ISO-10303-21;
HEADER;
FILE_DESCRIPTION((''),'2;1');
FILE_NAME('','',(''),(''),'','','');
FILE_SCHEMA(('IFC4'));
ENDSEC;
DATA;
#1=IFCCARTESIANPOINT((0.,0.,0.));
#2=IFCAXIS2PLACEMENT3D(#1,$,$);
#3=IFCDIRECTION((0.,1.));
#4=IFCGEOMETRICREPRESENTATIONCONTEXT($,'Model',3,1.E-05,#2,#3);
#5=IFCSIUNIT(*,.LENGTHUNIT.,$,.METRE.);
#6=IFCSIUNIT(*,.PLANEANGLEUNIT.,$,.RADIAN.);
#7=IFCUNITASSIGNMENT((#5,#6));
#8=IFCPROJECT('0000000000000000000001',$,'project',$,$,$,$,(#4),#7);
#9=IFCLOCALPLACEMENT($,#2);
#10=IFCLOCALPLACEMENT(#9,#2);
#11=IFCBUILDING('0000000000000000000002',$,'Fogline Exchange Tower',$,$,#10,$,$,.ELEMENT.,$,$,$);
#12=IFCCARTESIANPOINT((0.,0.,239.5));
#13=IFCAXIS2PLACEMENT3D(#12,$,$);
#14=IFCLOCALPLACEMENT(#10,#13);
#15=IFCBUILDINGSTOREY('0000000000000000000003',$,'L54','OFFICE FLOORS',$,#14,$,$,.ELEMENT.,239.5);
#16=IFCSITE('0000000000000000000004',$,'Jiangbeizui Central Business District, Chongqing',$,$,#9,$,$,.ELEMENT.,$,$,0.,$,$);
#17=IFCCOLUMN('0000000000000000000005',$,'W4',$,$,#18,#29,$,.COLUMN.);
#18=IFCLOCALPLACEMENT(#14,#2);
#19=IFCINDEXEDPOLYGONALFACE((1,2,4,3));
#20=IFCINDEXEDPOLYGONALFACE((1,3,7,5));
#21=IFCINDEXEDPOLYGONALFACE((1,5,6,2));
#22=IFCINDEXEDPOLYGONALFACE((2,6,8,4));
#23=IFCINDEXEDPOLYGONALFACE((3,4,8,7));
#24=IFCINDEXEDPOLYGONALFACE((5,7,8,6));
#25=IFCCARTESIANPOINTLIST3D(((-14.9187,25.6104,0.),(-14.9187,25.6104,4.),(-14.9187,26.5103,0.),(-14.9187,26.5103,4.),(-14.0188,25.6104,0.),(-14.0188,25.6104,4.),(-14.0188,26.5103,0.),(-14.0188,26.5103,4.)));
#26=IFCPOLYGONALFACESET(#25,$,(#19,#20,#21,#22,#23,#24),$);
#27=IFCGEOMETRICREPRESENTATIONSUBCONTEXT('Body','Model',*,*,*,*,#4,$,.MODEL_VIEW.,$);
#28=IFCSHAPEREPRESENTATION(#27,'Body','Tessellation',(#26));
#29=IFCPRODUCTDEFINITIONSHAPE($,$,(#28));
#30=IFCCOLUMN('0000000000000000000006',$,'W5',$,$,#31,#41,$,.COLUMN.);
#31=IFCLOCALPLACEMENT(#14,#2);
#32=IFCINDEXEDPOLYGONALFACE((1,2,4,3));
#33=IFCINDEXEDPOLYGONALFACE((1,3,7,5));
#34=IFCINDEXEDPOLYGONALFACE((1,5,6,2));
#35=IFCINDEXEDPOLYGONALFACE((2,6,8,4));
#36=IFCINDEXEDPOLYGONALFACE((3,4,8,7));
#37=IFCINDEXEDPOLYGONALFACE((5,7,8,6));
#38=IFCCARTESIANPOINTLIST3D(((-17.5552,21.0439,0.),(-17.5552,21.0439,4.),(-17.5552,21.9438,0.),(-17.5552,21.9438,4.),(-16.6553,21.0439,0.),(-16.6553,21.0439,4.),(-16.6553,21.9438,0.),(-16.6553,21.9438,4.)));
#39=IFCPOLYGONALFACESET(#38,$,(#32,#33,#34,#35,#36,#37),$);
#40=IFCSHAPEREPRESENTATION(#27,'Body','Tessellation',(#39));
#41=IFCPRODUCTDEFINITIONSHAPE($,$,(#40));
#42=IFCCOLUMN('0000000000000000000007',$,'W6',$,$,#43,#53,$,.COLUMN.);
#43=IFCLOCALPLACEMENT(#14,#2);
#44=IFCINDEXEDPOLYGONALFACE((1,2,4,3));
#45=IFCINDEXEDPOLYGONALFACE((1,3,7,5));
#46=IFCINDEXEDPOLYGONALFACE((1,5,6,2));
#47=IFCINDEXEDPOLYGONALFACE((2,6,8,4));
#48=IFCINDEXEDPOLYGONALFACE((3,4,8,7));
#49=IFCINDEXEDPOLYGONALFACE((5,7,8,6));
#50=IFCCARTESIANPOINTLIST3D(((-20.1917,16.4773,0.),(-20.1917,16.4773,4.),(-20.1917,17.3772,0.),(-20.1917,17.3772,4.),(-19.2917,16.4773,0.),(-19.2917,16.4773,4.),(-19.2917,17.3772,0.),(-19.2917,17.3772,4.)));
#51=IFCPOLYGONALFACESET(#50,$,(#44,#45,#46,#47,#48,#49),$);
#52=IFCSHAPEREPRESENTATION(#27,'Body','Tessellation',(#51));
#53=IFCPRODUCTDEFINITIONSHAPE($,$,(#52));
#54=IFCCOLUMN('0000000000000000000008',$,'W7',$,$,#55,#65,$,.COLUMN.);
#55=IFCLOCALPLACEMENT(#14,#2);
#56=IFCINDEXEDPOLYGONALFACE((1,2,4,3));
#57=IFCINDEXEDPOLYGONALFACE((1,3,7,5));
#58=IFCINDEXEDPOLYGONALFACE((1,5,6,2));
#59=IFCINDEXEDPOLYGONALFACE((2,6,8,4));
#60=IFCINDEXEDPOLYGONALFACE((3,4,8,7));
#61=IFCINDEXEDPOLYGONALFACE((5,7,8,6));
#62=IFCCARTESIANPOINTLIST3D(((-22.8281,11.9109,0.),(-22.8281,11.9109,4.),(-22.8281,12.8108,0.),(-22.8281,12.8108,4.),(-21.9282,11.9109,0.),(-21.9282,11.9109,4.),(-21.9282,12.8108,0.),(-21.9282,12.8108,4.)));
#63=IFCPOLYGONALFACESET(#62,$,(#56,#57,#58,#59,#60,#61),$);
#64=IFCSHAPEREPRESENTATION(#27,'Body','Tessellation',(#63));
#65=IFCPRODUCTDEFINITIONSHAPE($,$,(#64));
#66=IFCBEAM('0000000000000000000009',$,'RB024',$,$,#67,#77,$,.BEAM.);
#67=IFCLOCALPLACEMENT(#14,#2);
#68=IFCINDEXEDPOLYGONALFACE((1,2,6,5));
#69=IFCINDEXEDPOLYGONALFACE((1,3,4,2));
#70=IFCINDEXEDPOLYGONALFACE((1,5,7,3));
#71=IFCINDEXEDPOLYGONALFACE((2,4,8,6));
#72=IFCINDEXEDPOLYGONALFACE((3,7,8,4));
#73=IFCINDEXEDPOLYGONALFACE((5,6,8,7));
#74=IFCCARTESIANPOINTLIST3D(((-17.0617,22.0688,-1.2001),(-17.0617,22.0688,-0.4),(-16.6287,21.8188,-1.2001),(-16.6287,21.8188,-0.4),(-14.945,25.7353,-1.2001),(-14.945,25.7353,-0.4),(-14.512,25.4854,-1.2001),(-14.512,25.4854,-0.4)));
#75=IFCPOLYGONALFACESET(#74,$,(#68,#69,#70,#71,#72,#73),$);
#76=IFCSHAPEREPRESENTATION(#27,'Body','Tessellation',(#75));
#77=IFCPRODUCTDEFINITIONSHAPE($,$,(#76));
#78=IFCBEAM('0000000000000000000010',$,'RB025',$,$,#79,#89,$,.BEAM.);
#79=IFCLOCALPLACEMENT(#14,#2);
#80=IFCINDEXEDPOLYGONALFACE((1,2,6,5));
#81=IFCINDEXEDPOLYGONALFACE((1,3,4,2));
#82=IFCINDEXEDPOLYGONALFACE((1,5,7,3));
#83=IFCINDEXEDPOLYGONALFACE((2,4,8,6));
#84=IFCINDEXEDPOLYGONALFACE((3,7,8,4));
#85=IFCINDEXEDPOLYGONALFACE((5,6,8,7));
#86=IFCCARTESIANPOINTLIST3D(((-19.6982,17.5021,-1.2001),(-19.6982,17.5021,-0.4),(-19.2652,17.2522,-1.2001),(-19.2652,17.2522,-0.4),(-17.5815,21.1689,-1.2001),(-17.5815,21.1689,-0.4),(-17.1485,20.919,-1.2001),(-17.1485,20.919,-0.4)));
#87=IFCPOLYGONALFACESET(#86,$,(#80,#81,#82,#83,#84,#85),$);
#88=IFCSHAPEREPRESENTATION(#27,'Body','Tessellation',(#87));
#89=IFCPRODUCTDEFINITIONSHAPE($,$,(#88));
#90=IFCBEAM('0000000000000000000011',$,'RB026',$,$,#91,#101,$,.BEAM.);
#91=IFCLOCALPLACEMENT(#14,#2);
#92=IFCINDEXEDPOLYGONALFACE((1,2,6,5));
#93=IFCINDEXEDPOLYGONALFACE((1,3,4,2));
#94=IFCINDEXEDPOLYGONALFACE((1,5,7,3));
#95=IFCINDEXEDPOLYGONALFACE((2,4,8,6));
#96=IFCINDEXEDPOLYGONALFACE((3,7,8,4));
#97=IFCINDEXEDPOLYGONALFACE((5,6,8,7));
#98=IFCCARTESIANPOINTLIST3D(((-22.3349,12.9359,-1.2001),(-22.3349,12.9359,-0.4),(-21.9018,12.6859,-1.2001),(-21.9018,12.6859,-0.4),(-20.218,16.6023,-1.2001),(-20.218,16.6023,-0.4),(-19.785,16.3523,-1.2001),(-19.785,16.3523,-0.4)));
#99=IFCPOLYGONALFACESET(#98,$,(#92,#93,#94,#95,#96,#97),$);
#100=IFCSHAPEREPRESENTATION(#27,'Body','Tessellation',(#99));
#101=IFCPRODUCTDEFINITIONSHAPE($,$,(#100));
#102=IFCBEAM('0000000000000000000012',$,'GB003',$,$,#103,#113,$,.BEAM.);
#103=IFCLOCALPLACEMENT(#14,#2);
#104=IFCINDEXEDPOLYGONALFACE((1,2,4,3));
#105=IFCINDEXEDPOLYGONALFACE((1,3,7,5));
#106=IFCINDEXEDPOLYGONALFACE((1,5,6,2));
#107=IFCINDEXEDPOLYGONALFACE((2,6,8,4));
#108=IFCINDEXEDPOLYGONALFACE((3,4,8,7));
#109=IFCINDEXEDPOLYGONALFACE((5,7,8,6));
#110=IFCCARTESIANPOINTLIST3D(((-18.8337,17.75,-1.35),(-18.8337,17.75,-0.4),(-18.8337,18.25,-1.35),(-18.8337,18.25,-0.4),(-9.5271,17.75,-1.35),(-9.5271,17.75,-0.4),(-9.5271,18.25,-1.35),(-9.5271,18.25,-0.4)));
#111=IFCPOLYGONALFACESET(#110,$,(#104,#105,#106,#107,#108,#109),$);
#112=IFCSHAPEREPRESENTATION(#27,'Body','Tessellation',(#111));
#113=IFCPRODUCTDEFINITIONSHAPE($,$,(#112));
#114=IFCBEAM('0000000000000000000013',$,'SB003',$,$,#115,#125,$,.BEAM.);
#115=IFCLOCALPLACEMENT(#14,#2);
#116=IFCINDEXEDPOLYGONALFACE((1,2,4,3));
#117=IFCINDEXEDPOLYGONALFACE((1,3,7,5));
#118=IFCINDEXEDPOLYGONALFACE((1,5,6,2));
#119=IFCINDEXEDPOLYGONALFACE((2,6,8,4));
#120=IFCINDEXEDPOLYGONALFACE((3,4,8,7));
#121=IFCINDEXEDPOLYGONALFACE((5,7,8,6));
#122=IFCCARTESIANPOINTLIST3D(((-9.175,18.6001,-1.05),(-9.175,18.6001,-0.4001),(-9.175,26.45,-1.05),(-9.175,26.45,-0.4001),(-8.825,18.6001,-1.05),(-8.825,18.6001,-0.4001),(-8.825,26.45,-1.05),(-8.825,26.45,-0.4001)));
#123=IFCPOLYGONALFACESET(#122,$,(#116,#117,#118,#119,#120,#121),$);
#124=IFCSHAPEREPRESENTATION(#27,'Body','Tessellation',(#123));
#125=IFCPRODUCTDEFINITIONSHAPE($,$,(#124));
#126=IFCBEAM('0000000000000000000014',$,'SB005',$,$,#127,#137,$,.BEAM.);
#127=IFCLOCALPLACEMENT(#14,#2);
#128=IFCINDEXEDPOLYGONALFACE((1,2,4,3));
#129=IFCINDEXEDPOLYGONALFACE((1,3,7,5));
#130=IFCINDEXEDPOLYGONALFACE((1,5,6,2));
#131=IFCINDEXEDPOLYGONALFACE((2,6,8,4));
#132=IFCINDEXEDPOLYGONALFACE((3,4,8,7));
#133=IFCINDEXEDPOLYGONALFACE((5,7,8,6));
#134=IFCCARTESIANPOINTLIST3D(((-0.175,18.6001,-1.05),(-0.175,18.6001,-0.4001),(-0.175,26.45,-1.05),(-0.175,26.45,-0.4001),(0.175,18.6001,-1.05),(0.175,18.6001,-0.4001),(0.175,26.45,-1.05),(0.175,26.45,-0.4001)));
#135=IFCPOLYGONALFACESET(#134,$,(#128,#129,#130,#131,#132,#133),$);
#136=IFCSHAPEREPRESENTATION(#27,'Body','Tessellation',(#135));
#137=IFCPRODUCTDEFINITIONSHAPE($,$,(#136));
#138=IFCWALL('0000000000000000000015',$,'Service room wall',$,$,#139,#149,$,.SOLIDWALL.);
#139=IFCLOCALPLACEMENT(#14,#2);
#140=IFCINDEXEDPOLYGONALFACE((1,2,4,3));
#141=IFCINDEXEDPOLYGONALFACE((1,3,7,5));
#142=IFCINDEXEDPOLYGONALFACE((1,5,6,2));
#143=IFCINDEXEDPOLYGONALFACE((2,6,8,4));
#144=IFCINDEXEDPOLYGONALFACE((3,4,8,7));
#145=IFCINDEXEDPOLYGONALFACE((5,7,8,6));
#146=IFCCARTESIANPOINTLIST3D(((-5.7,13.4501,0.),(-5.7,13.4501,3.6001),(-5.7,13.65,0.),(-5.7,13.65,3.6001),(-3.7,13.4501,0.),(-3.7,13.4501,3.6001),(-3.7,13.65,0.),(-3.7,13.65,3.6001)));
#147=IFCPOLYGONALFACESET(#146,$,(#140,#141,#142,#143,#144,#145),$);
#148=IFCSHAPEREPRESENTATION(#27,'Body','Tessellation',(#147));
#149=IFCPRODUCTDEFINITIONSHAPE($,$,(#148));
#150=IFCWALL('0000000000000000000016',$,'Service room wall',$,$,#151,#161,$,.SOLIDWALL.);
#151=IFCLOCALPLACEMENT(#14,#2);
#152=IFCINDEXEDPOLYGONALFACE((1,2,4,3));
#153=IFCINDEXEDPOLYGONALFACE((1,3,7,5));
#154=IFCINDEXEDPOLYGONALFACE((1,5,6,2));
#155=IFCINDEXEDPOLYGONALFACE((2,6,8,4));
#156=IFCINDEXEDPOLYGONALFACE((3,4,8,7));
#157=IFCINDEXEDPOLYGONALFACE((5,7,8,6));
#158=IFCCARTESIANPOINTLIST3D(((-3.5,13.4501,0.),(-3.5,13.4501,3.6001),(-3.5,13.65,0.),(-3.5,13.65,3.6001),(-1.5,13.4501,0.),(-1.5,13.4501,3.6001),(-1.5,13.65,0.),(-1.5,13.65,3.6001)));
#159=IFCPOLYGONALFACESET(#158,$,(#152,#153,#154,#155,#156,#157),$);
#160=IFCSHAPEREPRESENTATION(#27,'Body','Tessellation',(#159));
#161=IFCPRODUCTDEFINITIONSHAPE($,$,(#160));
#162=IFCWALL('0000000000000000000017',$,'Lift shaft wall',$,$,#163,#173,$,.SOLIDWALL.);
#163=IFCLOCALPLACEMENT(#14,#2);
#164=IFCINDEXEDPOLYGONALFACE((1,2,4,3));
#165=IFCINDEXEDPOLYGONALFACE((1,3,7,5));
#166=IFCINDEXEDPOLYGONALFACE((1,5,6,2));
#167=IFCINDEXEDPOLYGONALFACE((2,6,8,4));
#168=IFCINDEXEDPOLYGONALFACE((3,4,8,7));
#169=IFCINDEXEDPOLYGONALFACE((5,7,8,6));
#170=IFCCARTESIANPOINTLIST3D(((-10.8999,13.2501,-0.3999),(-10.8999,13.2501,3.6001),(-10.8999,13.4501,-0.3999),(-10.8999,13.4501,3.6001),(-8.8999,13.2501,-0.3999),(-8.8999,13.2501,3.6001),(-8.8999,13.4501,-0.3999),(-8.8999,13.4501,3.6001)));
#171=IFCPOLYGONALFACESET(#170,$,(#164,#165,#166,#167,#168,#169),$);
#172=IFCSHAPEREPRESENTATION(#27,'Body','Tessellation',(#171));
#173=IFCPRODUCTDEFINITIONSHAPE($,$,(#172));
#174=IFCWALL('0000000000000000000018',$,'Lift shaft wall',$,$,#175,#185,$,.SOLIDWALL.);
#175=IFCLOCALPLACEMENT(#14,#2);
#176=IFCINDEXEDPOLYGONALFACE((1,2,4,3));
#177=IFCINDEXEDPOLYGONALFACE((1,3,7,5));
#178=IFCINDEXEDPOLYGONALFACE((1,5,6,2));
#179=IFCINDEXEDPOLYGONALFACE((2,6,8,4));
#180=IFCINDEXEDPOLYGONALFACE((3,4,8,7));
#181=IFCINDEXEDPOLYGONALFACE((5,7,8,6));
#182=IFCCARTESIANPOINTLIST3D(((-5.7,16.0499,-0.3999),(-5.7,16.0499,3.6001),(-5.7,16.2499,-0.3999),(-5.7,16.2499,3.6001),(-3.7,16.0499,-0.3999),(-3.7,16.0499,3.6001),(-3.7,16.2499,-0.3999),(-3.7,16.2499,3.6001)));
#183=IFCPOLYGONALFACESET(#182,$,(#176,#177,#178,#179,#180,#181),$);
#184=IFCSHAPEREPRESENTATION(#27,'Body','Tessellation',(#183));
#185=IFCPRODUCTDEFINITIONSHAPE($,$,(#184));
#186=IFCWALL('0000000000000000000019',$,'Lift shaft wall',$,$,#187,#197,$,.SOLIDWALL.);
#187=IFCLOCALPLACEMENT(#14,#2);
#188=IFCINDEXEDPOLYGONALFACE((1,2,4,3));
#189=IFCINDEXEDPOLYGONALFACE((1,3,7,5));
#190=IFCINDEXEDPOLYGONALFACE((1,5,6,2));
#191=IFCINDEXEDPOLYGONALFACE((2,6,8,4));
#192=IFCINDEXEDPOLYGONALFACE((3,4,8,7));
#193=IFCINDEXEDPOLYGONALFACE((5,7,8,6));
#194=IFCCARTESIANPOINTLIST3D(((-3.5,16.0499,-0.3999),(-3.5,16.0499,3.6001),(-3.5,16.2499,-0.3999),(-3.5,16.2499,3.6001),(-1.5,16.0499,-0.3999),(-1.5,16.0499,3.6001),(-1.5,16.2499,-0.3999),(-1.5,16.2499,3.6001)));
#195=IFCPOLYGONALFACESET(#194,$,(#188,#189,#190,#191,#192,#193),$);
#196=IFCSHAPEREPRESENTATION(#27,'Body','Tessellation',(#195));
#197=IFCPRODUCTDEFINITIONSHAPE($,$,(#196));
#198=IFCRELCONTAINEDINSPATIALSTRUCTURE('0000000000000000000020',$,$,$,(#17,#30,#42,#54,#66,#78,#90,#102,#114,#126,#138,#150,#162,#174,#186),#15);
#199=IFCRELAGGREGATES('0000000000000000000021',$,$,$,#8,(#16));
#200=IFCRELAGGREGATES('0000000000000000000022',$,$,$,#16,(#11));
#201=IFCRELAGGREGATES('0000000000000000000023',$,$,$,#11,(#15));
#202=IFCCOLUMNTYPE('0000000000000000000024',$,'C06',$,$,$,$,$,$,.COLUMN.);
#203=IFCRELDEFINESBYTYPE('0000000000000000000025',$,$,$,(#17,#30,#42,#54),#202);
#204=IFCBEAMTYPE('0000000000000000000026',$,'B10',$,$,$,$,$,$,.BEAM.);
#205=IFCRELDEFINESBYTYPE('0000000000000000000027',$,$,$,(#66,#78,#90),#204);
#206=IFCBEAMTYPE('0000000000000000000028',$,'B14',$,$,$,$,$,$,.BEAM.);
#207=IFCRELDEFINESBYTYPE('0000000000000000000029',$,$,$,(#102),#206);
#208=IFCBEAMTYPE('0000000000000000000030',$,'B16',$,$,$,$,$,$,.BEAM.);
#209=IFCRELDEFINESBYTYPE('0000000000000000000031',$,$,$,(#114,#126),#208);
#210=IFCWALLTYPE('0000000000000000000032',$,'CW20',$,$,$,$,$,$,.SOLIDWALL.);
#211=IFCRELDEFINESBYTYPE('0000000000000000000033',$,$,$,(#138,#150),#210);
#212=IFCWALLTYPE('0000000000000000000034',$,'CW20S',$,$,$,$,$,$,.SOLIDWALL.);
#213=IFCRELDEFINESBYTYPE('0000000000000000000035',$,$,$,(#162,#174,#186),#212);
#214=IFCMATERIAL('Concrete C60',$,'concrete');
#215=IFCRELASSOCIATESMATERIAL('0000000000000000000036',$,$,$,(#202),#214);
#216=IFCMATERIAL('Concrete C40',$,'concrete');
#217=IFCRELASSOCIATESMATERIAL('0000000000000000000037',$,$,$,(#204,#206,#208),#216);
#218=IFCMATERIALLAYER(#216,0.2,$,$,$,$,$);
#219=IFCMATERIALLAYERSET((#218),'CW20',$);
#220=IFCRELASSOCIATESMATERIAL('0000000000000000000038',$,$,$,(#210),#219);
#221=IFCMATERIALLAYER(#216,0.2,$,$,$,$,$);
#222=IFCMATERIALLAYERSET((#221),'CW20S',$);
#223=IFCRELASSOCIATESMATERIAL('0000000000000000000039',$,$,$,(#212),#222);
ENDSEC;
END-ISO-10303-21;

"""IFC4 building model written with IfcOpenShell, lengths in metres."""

from ifc_helpers import new_model, si_unit, direction, frame, frame_2d, origin, origin_2d, place, context, subcontext, project, spatial, rectangle, extrude, material, layer, layer_set, material_profile, profile_set, type_object, element, save


model = new_model("IFC4")

# Units and contexts
model_context = context("Model", 3, precision=1e-05, world=origin(), true_north=direction((0.0, 1.0)))
body_context = subcontext(model_context, "Body", "Model", "MODEL_VIEW")
ifc_project = project(units=[si_unit("LENGTHUNIT", "METRE"), si_unit("PLANEANGLEUNIT", "RADIAN")], contexts=[model_context])

# Site, building, storey
site_placement = place(None, origin())
site = spatial("IfcSite", under=ifc_project, at=site_placement, Name="Jiangbeizui Central Business District, Chongqing", CompositionType="ELEMENT", RefElevation=0.0)
building_placement = place(site_placement, origin())
building = spatial("IfcBuilding", under=site, at=building_placement, Name="Fogline Exchange Tower", CompositionType="ELEMENT")
storey_placement = place(building_placement, frame((0.0, 0.0, 239.5)))
storey = spatial("IfcBuildingStorey", under=building, at=storey_placement, Name="L54", Description="OFFICE FLOORS", CompositionType="ELEMENT", Elevation=239.5)

# Columns
ifc_material_1 = material(Name="Concrete C60", Category="concrete")
ifc_material_profile_1 = material_profile(ifc_material_1, rectangle(XDim=0.8999, YDim=0.8999, at=origin_2d()), Name="RC 900x900")
ifc_profile_set_1 = profile_set([ifc_material_profile_1], Name="Concrete C60")
column_type = type_object("IfcColumnType", Name="C06", PredefinedType="COLUMN", material=ifc_profile_set_1)
for number, where, z_axis, x_axis, name in (
    (1, (-14.4688, 26.0603, 0.0), (0.0, 0.0, 1.0), (1.0, 0.0, 0.0), "W4"),
    (2, (-17.1052, 21.4939, 0.0), (0.0, 0.0, 1.0), (1.0, 0.0, 0.0), "W5"),
    (3, (-19.7417, 16.9272, 0.0), (0.0, 0.0, 1.0), (1.0, 0.0, 0.0), "W6"),
    (4, (-22.3782, 12.3608, 0.0), (0.0, 0.0, 1.0), (1.0, 0.0, 0.0), "W7"),
):
    element("IfcColumn", number, at=place(storey_placement, frame(where, z_axis=z_axis, x_axis=x_axis)), inside=storey, type_object=column_type, Name=name, PredefinedType="COLUMN", context=body_context, shape_type="SweptSolid", body=[
        extrude(rectangle(XDim=0.8999, YDim=0.8999, at=origin_2d()), origin(), (0.0, 0.0, 1.0), 4.0),
    ])

# Beams
ifc_material_2 = material(Name="Concrete C40", Category="concrete")
ifc_material_profile_2 = material_profile(ifc_material_2, rectangle(XDim=0.5, YDim=0.8, at=origin_2d()), Name="RC 500x800")
ifc_profile_set_2 = profile_set([ifc_material_profile_2], Name="Concrete C40")
beam_type_1 = type_object("IfcBeamType", Name="B10", PredefinedType="BEAM", material=ifc_profile_set_2)
beam_1_placement = place(storey_placement, frame((-14.7285, 25.6104, -0.8), z_axis=(-0.499972, -0.866042, 0.0), x_axis=(0.866042, -0.499972, 0.0)))
element("IfcBeam", 5, at=beam_1_placement, inside=storey, type_object=beam_type_1, Name="RB024", PredefinedType="BEAM", context=body_context, shape_type="SweptSolid", body=[
    extrude(rectangle(XDim=0.5, YDim=0.8, at=origin_2d()), origin(), (0.0, 0.0, 1.0), 4.2336),
])
beam_2_placement = place(storey_placement, frame((-17.365, 21.0439, -0.8), z_axis=(-0.499947, -0.866056, 0.0), x_axis=(0.866056, -0.499947, 0.0)))
element("IfcBeam", 6, at=beam_2_placement, inside=storey, type_object=beam_type_1, Name="RB025", PredefinedType="BEAM", context=body_context, shape_type="SweptSolid", body=[
    extrude(rectangle(XDim=0.5, YDim=0.8, at=origin_2d()), origin(), (0.0, 0.0, 1.0), 4.2339),
])
beam_3_placement = place(storey_placement, frame((-20.0015, 16.4773, -0.8), z_axis=(-0.500015, -0.866017, 0.0), x_axis=(0.866017, -0.500015, 0.0)))
element("IfcBeam", 7, at=beam_3_placement, inside=storey, type_object=beam_type_1, Name="RB026", PredefinedType="BEAM", context=body_context, shape_type="SweptSolid", body=[
    extrude(rectangle(XDim=0.5, YDim=0.8, at=origin_2d()), origin(), (0.0, 0.0, 1.0), 4.2336),
])
ifc_material_profile_3 = material_profile(ifc_material_2, rectangle(XDim=0.5, YDim=0.95, at=origin_2d()), Name="RC 500x950")
ifc_profile_set_3 = profile_set([ifc_material_profile_3], Name="Concrete C40")
beam_type_2 = type_object("IfcBeamType", Name="B14", PredefinedType="BEAM", material=ifc_profile_set_3)
beam_4_placement = place(storey_placement, frame((-18.8337, 18.0, -0.875), z_axis=(1.0, 0.0, 0.0), x_axis=(0.0, 1.0, 0.0)))
element("IfcBeam", 8, at=beam_4_placement, inside=storey, type_object=beam_type_2, Name="GB003", PredefinedType="BEAM", context=body_context, shape_type="SweptSolid", body=[
    extrude(rectangle(XDim=0.5, YDim=0.95, at=origin_2d()), origin(), (0.0, 0.0, 1.0), 9.3066),
])
ifc_material_profile_4 = material_profile(ifc_material_2, rectangle(XDim=0.3501, YDim=0.6499, at=origin_2d()), Name="RC 350x650")
ifc_profile_set_4 = profile_set([ifc_material_profile_4], Name="Concrete C40")
beam_type_3 = type_object("IfcBeamType", Name="B16", PredefinedType="BEAM", material=ifc_profile_set_4)
for number, where, z_axis, x_axis, name in (
    (9, (-9.0, 18.6001, -0.7251), (0.0, 1.0, 0.0), (-1.0, 0.0, 0.0), "SB003"),
    (10, (0.0, 18.6001, -0.7251), (0.0, 1.0, 0.0), (-1.0, 0.0, 0.0), "SB005"),
):
    element("IfcBeam", number, at=place(storey_placement, frame(where, z_axis=z_axis, x_axis=x_axis)), inside=storey, type_object=beam_type_3, Name=name, PredefinedType="BEAM", context=body_context, shape_type="SweptSolid", body=[
        extrude(rectangle(XDim=0.3501, YDim=0.6499, at=origin_2d()), origin(), (0.0, 0.0, 1.0), 7.8499),
    ])

# Walls
ifc_layer_1 = layer(ifc_material_2, 0.2)
ifc_layer_set_1 = layer_set([ifc_layer_1], Name="CW20")
wall_type_1 = type_object("IfcWallType", Name="CW20", PredefinedType="SOLIDWALL", material=ifc_layer_set_1)
for number, where, z_axis, x_axis, name in (
    (11, (-5.7, 13.55, 0.0), (0.0, 0.0, 1.0), (1.0, 0.0, 0.0), "Service room wall"),
    (12, (-3.5, 13.55, 0.0), (0.0, 0.0, 1.0), (1.0, 0.0, 0.0), "Service room wall"),
):
    element("IfcWall", number, at=place(storey_placement, frame(where, z_axis=z_axis, x_axis=x_axis)), inside=storey, type_object=wall_type_1, Name=name, PredefinedType="SOLIDWALL", context=body_context, shape_type="SweptSolid", body=[
        extrude(rectangle(XDim=2.0, YDim=0.2, at=frame_2d((1.0, 0.0))), origin(), (0.0, 0.0, 1.0), 3.6001),
    ])
ifc_layer_2 = layer(ifc_material_2, 0.2)
ifc_layer_set_2 = layer_set([ifc_layer_2], Name="CW20S")
wall_type_2 = type_object("IfcWallType", Name="CW20S", PredefinedType="SOLIDWALL", material=ifc_layer_set_2)
for number, where, z_axis, x_axis, name in (
    (13, (-10.8999, 13.3501, -0.3999), (0.0, 0.0, 1.0), (1.0, 0.0, 0.0), "Lift shaft wall"),
    (14, (-5.7, 16.1499, -0.3999), (0.0, 0.0, 1.0), (1.0, 0.0, 0.0), "Lift shaft wall"),
    (15, (-3.5, 16.1499, -0.3999), (0.0, 0.0, 1.0), (1.0, 0.0, 0.0), "Lift shaft wall"),
):
    element("IfcWall", number, at=place(storey_placement, frame(where, z_axis=z_axis, x_axis=x_axis)), inside=storey, type_object=wall_type_2, Name=name, PredefinedType="SOLIDWALL", context=body_context, shape_type="SweptSolid", body=[
        extrude(rectangle(XDim=2.0, YDim=0.2, at=frame_2d((1.0, 0.0))), origin(), (0.0, 0.0, 1.0), 4.0),
    ])

save(model, "model.ifc")
